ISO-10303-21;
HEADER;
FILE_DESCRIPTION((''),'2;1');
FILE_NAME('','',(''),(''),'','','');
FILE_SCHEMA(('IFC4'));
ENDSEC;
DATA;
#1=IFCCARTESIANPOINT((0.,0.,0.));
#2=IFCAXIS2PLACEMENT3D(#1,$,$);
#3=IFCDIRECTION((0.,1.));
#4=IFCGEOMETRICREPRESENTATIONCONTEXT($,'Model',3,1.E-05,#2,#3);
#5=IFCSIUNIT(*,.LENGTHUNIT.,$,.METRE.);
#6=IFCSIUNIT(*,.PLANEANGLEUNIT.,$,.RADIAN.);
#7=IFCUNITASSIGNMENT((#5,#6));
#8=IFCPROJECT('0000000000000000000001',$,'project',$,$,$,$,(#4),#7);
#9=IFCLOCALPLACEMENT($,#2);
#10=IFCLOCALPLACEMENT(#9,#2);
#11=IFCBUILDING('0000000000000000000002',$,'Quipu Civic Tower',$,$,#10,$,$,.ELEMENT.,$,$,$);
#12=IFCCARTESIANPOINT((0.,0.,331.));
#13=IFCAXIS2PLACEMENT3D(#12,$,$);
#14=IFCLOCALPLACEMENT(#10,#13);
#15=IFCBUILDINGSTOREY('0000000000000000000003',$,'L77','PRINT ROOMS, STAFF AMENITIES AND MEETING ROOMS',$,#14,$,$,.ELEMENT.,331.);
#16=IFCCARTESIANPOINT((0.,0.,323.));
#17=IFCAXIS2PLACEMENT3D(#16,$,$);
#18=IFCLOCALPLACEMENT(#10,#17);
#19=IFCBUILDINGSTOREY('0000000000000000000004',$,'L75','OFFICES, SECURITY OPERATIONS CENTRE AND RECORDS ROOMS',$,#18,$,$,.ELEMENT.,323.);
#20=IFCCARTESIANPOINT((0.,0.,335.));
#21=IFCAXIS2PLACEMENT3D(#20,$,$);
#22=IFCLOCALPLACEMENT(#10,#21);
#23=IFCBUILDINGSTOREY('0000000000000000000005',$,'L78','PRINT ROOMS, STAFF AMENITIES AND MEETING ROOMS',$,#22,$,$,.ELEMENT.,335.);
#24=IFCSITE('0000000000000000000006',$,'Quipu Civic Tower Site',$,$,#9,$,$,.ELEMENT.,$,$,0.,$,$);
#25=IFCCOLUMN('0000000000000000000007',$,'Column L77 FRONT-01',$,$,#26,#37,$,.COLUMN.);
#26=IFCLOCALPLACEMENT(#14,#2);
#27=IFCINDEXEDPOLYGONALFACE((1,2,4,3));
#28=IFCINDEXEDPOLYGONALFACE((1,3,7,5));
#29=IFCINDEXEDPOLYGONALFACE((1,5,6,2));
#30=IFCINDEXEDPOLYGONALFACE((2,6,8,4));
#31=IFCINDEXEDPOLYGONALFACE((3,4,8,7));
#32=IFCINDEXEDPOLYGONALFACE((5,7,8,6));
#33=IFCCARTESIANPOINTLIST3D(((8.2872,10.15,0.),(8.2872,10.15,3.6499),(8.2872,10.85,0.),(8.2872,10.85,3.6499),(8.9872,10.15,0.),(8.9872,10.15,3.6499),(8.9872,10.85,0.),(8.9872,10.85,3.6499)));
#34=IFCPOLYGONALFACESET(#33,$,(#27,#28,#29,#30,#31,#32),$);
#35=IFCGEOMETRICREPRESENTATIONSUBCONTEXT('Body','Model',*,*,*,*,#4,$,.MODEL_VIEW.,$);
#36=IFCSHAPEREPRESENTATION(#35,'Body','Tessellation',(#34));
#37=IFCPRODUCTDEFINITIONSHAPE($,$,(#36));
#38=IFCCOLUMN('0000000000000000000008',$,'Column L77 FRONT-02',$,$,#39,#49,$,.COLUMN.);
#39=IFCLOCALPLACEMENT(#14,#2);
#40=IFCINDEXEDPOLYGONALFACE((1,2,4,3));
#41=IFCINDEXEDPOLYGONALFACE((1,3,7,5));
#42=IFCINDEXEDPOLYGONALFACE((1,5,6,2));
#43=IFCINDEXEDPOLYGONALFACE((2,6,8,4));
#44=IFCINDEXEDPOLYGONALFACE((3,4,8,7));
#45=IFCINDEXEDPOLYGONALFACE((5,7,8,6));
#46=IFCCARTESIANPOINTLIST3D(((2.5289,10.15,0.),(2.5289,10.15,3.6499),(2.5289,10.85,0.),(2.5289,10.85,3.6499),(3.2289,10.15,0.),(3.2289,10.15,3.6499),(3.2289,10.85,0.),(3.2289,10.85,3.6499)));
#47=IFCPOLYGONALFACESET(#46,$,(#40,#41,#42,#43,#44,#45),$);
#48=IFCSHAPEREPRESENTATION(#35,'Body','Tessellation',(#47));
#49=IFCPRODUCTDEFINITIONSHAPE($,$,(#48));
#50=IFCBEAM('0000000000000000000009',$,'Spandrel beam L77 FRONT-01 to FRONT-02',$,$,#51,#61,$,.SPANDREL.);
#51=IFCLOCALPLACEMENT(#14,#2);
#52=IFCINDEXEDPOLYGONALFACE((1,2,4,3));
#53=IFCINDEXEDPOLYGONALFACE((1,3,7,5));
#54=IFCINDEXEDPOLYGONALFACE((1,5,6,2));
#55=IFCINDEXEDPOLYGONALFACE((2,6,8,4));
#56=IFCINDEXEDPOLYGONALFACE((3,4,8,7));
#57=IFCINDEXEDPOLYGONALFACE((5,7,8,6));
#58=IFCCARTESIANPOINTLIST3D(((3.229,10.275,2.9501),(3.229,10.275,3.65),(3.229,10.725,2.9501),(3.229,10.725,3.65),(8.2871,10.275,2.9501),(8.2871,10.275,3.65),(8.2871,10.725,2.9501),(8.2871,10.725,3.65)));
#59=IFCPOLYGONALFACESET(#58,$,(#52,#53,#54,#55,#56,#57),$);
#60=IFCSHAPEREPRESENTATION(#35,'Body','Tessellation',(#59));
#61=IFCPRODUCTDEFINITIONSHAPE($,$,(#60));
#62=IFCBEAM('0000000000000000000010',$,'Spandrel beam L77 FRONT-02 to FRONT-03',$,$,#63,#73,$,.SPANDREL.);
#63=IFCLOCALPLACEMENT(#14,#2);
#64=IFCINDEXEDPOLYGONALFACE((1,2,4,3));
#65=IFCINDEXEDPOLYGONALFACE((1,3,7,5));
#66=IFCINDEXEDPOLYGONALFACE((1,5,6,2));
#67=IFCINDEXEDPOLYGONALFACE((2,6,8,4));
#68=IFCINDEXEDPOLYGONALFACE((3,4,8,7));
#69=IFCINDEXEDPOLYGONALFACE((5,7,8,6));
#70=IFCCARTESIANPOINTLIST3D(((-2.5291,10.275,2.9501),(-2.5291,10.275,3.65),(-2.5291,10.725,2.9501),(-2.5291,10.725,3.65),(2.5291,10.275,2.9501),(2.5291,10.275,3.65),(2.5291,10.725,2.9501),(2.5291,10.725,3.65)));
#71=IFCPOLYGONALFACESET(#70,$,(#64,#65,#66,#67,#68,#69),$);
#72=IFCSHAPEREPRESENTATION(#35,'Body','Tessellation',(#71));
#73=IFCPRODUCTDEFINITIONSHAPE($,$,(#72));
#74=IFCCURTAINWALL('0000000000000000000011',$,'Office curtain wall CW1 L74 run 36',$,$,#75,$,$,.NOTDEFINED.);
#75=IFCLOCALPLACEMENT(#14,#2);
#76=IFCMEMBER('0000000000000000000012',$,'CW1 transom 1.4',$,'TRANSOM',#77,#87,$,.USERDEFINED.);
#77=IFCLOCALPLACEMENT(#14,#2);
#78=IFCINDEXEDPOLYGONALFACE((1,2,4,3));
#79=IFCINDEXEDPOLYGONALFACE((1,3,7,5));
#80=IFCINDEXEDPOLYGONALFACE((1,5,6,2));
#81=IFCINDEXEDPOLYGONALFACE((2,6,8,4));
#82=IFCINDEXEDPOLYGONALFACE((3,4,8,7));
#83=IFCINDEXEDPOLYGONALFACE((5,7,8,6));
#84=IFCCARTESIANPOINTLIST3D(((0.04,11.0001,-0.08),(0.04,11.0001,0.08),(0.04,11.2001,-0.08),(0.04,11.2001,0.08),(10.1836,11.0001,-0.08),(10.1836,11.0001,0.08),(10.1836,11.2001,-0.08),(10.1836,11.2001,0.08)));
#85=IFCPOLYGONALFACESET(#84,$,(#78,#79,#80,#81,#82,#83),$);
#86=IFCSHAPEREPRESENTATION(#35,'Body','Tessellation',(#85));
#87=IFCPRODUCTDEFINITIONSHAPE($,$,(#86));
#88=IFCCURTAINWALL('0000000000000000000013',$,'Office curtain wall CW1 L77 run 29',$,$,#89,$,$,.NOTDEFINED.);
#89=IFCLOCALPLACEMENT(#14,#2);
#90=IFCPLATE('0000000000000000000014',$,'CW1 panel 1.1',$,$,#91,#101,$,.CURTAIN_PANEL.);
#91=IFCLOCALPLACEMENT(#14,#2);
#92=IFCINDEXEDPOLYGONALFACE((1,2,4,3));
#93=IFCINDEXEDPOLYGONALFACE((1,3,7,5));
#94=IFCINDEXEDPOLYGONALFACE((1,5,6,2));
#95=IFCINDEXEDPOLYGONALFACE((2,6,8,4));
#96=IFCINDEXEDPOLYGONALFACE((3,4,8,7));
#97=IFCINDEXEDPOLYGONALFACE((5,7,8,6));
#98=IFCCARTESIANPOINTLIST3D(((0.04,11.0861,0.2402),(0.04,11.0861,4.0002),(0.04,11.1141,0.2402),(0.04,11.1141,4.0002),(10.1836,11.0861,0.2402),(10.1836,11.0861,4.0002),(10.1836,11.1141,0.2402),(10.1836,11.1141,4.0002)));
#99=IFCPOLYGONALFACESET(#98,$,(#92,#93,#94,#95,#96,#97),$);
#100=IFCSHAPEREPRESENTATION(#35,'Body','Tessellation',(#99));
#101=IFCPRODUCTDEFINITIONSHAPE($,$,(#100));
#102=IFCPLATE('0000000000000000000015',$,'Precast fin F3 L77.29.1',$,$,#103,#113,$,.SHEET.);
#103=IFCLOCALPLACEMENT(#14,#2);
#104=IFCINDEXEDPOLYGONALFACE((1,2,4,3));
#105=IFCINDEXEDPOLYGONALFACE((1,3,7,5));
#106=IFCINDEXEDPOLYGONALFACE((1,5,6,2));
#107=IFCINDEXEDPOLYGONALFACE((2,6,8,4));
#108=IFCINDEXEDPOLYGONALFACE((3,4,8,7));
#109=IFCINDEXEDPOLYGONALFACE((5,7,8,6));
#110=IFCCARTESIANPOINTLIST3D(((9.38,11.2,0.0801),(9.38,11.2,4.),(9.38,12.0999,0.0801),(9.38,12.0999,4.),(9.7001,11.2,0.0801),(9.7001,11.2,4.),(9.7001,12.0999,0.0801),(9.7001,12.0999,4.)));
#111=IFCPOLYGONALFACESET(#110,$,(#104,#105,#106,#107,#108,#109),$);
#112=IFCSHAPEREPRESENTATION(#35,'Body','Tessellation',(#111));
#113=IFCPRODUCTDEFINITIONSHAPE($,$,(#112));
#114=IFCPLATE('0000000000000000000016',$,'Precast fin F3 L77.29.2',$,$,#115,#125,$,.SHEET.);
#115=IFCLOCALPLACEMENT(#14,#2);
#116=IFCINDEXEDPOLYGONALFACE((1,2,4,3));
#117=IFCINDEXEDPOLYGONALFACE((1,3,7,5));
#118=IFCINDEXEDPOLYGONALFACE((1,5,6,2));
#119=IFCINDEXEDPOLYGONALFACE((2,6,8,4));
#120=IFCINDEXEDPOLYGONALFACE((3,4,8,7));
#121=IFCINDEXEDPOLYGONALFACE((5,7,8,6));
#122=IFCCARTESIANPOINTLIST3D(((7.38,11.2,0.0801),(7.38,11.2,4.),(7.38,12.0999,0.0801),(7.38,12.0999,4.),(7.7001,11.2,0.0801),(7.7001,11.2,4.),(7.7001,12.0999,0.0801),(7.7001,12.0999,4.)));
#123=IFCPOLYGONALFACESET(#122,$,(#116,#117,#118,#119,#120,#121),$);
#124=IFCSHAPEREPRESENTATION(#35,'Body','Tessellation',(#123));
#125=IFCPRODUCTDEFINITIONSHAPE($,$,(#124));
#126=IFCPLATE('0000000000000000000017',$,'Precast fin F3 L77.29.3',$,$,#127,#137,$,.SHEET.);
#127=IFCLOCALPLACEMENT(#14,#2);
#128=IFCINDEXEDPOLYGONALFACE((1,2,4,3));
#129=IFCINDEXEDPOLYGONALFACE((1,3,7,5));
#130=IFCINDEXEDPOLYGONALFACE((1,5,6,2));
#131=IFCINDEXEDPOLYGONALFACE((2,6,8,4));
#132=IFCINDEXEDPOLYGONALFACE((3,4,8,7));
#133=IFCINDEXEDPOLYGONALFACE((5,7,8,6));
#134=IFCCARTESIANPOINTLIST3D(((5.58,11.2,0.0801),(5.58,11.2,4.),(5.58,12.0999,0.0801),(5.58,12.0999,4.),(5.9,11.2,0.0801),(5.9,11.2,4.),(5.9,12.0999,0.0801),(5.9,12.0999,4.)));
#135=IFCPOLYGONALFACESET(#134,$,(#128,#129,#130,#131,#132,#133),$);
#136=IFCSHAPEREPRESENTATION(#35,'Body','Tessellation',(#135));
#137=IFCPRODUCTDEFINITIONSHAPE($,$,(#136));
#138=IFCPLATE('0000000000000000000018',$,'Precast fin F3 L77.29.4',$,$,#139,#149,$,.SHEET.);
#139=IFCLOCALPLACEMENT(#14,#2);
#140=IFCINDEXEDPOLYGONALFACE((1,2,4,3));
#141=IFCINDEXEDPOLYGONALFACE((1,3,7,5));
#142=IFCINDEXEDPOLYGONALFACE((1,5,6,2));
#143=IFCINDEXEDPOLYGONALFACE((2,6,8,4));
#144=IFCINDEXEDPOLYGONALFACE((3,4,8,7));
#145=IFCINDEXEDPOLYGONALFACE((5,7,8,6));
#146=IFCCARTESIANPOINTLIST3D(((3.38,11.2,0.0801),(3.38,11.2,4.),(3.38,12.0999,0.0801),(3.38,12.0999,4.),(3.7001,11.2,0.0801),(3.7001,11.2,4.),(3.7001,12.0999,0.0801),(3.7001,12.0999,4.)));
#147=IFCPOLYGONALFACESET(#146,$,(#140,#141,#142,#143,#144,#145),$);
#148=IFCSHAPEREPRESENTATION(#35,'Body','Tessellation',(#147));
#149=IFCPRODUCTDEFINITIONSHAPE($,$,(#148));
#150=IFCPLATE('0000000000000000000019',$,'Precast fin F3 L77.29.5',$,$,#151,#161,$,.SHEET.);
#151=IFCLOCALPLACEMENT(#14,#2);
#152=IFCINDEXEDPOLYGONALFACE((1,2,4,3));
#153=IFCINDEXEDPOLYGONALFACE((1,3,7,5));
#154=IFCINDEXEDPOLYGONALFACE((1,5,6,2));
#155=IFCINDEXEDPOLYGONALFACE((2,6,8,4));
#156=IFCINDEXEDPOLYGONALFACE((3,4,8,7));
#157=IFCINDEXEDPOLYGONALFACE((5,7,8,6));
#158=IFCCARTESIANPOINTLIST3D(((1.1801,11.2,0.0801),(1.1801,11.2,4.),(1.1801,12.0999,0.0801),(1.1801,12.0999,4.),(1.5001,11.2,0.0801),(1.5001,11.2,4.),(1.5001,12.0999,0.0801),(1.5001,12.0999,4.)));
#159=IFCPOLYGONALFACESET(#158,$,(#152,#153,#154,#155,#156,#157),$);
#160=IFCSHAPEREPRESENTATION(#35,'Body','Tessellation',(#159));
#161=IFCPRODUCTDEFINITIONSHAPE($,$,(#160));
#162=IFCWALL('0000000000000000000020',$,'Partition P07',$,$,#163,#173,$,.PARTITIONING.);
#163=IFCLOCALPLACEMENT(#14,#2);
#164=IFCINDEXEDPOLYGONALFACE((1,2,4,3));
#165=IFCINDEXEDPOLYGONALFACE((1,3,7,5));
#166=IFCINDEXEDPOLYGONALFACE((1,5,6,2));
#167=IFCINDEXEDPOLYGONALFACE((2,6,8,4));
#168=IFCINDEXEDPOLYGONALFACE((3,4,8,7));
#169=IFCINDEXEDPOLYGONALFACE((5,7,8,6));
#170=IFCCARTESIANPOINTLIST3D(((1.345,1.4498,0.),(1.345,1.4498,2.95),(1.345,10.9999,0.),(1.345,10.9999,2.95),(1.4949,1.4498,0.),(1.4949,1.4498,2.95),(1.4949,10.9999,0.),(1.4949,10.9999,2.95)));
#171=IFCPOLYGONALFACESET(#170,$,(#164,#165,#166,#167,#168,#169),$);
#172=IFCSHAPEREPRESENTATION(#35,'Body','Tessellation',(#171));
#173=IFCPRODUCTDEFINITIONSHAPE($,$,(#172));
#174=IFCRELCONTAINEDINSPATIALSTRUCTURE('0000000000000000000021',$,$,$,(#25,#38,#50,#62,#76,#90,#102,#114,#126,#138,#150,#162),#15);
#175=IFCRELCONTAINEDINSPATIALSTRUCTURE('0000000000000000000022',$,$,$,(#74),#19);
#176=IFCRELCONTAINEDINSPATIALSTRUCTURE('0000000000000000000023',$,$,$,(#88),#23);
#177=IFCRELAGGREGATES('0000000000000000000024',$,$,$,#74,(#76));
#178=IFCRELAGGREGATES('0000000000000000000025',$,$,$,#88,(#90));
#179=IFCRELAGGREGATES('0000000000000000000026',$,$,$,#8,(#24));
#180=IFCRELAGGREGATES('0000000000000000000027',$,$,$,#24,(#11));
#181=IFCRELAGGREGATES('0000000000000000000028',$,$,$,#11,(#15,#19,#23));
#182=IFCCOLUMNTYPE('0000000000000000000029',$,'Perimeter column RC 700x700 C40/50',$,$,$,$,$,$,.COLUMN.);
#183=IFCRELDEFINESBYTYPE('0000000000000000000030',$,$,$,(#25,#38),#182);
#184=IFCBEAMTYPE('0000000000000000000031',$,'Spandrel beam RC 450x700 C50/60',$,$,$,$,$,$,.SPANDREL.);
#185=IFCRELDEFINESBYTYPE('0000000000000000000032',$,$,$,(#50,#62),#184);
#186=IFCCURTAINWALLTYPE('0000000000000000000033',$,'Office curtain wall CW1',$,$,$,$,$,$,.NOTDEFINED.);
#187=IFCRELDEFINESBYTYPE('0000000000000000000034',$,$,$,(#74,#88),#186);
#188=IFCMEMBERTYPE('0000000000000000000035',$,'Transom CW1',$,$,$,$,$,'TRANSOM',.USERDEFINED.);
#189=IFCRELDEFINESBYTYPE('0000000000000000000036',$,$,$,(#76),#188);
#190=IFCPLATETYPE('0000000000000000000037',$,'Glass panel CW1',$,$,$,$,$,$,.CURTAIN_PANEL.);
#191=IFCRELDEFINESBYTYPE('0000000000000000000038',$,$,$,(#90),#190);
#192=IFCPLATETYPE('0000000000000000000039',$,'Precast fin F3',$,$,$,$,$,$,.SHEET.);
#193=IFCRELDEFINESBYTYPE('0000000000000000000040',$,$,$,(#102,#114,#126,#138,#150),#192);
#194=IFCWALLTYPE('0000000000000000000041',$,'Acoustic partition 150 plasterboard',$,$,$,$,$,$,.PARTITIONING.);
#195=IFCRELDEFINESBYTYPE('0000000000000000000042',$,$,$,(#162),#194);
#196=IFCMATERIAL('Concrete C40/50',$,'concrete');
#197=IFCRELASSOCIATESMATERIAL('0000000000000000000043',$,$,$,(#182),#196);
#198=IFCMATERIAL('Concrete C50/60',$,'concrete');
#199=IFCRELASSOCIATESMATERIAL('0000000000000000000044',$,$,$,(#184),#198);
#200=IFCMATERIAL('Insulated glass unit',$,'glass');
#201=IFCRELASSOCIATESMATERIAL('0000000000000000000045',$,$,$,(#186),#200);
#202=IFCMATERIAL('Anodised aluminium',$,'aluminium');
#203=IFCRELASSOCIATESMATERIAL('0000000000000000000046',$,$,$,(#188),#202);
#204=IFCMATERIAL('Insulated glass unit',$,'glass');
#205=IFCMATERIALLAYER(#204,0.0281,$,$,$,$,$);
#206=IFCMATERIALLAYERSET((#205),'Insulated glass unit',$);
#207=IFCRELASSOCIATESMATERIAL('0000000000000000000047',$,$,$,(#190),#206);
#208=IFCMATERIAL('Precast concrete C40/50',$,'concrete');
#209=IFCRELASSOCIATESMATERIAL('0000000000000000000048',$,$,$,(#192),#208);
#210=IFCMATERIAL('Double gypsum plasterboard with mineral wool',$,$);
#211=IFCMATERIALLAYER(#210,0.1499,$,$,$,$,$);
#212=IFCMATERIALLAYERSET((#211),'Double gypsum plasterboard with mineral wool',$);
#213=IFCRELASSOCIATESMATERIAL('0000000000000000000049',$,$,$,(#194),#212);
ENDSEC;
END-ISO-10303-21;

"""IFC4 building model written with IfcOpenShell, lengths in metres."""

from ifc_helpers import new_model, si_unit, direction, frame, frame_2d, origin, origin_2d, place, context, subcontext, project, spatial, rectangle, extrude, material, layer, layer_set, material_profile, profile_set, type_object, element, aggregate, save


model = new_model("IFC4")

# Units and contexts
model_context = context("Model", 3, precision=1e-05, world=origin(), true_north=direction((0.0, 1.0)))
body_context = subcontext(model_context, "Body", "Model", "MODEL_VIEW")
ifc_project = project(units=[si_unit("LENGTHUNIT", "METRE"), si_unit("PLANEANGLEUNIT", "RADIAN")], contexts=[model_context])

# Site, building, storey
site_placement = place(None, origin())
site = spatial("IfcSite", under=ifc_project, at=site_placement, Name="Quipu Civic Tower Site", CompositionType="ELEMENT", RefElevation=0.0)
building_placement = place(site_placement, origin())
building = spatial("IfcBuilding", under=site, at=building_placement, Name="Quipu Civic Tower", CompositionType="ELEMENT")
storey_1_placement = place(building_placement, frame((0.0, 0.0, 331.0)))
storey_1 = spatial("IfcBuildingStorey", under=building, at=storey_1_placement, Name="L77", Description="PRINT ROOMS, STAFF AMENITIES AND MEETING ROOMS", CompositionType="ELEMENT", Elevation=331.0)

# Columns
ifc_material_1 = material(Name="Concrete C40/50", Category="concrete")
ifc_material_profile_1 = material_profile(ifc_material_1, rectangle(XDim=0.7, YDim=0.7, at=origin_2d()), Name="RC700x700")
ifc_profile_set_1 = profile_set([ifc_material_profile_1], Name="Concrete C40/50")
column_type = type_object("IfcColumnType", Name="Perimeter column RC 700x700 C40/50", PredefinedType="COLUMN", material=ifc_profile_set_1)
for number, where, z_axis, x_axis, name in (
    (1, (8.6372, 10.5, 0.0), (0.0, 0.0, 1.0), (-1.0, 0.0, 0.0), "Column L77 FRONT-01"),
    (2, (2.8789, 10.5, 0.0), (0.0, 0.0, 1.0), (-1.0, 0.0, 0.0), "Column L77 FRONT-02"),
):
    element("IfcColumn", number, at=place(storey_1_placement, frame(where, z_axis=z_axis, x_axis=x_axis)), inside=storey_1, type_object=column_type, Name=name, PredefinedType="COLUMN", context=body_context, shape_type="SweptSolid", body=[
        extrude(rectangle(XDim=0.7, YDim=0.7, at=origin_2d()), origin(), (0.0, 0.0, 1.0), 3.6499),
    ])

# Beams
ifc_material_2 = material(Name="Concrete C50/60", Category="concrete")
ifc_material_profile_2 = material_profile(ifc_material_2, rectangle(XDim=0.45, YDim=0.7, at=origin_2d()), Name="RC450x700")
ifc_profile_set_2 = profile_set([ifc_material_profile_2], Name="Concrete C50/60")
beam_type = type_object("IfcBeamType", Name="Spandrel beam RC 450x700 C50/60", PredefinedType="SPANDREL", material=ifc_profile_set_2)
for number, where, z_axis, x_axis, name in (
    (3, (8.2871, 10.5, 3.3), (-1.0, 0.0, 0.0), (0.0, -1.0, 0.0), "Spandrel beam L77 FRONT-01 to FRONT-02"),
    (4, (2.5291, 10.5, 3.3), (-1.0, 0.0, 0.0), (0.0, -1.0, 0.0), "Spandrel beam L77 FRONT-02 to FRONT-03"),
):
    element("IfcBeam", number, at=place(storey_1_placement, frame(where, z_axis=z_axis, x_axis=x_axis)), inside=storey_1, type_object=beam_type, Name=name, PredefinedType="SPANDREL", context=body_context, shape_type="SweptSolid", body=[
        extrude(rectangle(XDim=0.45, YDim=0.7, at=origin_2d()), origin(), (0.0, 0.0, 1.0), 5.0581),
    ])

# Shared definitions
storey_2_placement = place(building_placement, frame((0.0, 0.0, 323.0)))
storey_2 = spatial("IfcBuildingStorey", under=building, at=storey_2_placement, Name="L75", Description="OFFICES, SECURITY OPERATIONS CENTRE AND RECORDS ROOMS", CompositionType="ELEMENT", Elevation=323.0)

# Curtain wall, member
ifc_material_3 = material(Name="Insulated glass unit", Category="glass")
curtain_wall_type = type_object("IfcCurtainWallType", Name="Office curtain wall CW1", PredefinedType="NOTDEFINED", material=ifc_material_3)
curtain_wall_1_placement = place(storey_2_placement, origin())
curtain_wall_1 = element("IfcCurtainWall", 5, at=curtain_wall_1_placement, inside=storey_2, type_object=curtain_wall_type, Name="Office curtain wall CW1 L74 run 36", PredefinedType="NOTDEFINED")
ifc_material_4 = material(Name="Anodised aluminium", Category="aluminium")
ifc_material_profile_3 = material_profile(ifc_material_4, rectangle(XDim=0.2, YDim=0.1599, at=origin_2d()), Name="RECT 200x160")
ifc_profile_set_3 = profile_set([ifc_material_profile_3], Name="Anodised aluminium")
member_type = type_object("IfcMemberType", Name="Transom CW1", ElementType="TRANSOM", PredefinedType="USERDEFINED", material=ifc_profile_set_3)
member_placement = place(storey_1_placement, frame((10.1836, 11.1001, 0.0), z_axis=(-1.0, 0.0, 0.0), x_axis=(0.0, -1.0, 0.0)))
member = element("IfcMember", 6, at=member_placement, inside=storey_1, type_object=member_type, Name="CW1 transom 1.4", ObjectType="TRANSOM", PredefinedType="USERDEFINED", context=body_context, shape_type="SweptSolid", body=[
    extrude(rectangle(XDim=0.2, YDim=0.1599, at=origin_2d()), origin(), (0.0, 0.0, 1.0), 10.1436),
])
aggregate(curtain_wall_1, [member])

# Shared definitions
storey_3_placement = place(building_placement, frame((0.0, 0.0, 335.0)))
storey_3 = spatial("IfcBuildingStorey", under=building, at=storey_3_placement, Name="L78", Description="PRINT ROOMS, STAFF AMENITIES AND MEETING ROOMS", CompositionType="ELEMENT", Elevation=335.0)

# Curtain wall, plate
curtain_wall_2_placement = place(storey_3_placement, origin())
curtain_wall_2 = element("IfcCurtainWall", 7, at=curtain_wall_2_placement, inside=storey_3, type_object=curtain_wall_type, Name="Office curtain wall CW1 L77 run 29", PredefinedType="NOTDEFINED")
ifc_material_5 = material(Name="Insulated glass unit", Category="glass")
ifc_layer_1 = layer(ifc_material_5, 0.0281)
ifc_layer_set_1 = layer_set([ifc_layer_1], Name="Insulated glass unit")
plate_type_1 = type_object("IfcPlateType", Name="Glass panel CW1", PredefinedType="CURTAIN_PANEL", material=ifc_layer_set_1)
plate_placement = place(storey_1_placement, frame((5.1118, 11.1001, 0.2402), z_axis=(0.0, 0.0, 1.0), x_axis=(-1.0, 0.0, 0.0)))
plate = element("IfcPlate", 8, at=plate_placement, inside=storey_1, type_object=plate_type_1, Name="CW1 panel 1.1", PredefinedType="CURTAIN_PANEL", context=body_context, shape_type="SweptSolid", body=[
    extrude(rectangle(XDim=10.1436, YDim=0.0281, at=origin_2d()), origin(), (0.0, 0.0, 1.0), 3.76),
])
aggregate(curtain_wall_2, [plate])

# Plates
ifc_material_6 = material(Name="Precast concrete C40/50", Category="concrete")
plate_type_2 = type_object("IfcPlateType", Name="Precast fin F3", PredefinedType="SHEET", material=ifc_material_6)
for number, where, z_axis, x_axis, name in (
    (9, (9.54, 11.6499, 0.0801), (0.0, 0.0, 1.0), (-1.0, 0.0, 0.0), "Precast fin F3 L77.29.1"),
    (10, (7.54, 11.6499, 0.0801), (0.0, 0.0, 1.0), (-1.0, 0.0, 0.0), "Precast fin F3 L77.29.2"),
    (11, (5.74, 11.6499, 0.0801), (0.0, 0.0, 1.0), (-1.0, 0.0, 0.0), "Precast fin F3 L77.29.3"),
    (12, (3.54, 11.6499, 0.0801), (0.0, 0.0, 1.0), (-1.0, 0.0, 0.0), "Precast fin F3 L77.29.4"),
    (13, (1.3401, 11.6499, 0.0801), (0.0, 0.0, 1.0), (-1.0, 0.0, 0.0), "Precast fin F3 L77.29.5"),
):
    element("IfcPlate", number, at=place(storey_1_placement, frame(where, z_axis=z_axis, x_axis=x_axis)), inside=storey_1, type_object=plate_type_2, Name=name, PredefinedType="SHEET", context=body_context, shape_type="SweptSolid", body=[
        extrude(rectangle(XDim=0.3201, YDim=0.8999, at=origin_2d()), origin(), (0.0, 0.0, 1.0), 3.9199),
    ])

# Wall
ifc_material_7 = material(Name="Double gypsum plasterboard with mineral wool")
ifc_layer_2 = layer(ifc_material_7, 0.1499)
ifc_layer_set_2 = layer_set([ifc_layer_2], Name="Double gypsum plasterboard with mineral wool")
wall_type_1 = type_object("IfcWallType", Name="Acoustic partition 150 plasterboard", PredefinedType="PARTITIONING", material=ifc_layer_set_2)
wall_1_placement = place(storey_1_placement, frame((1.4199, 1.45, 0.0), z_axis=(0.0, 0.0, 1.0), x_axis=(0.0, 1.0, 0.0)))
element("IfcWall", 14, at=wall_1_placement, inside=storey_1, type_object=wall_type_1, Name="Partition P07", PredefinedType="PARTITIONING", context=body_context, shape_type="SweptSolid", body=[
    extrude(rectangle(XDim=9.55, YDim=0.1499, at=frame_2d((4.7749, 0.0))), origin(), (0.0, 0.0, 1.0), 2.95),
])

save(model, "model.ifc")
